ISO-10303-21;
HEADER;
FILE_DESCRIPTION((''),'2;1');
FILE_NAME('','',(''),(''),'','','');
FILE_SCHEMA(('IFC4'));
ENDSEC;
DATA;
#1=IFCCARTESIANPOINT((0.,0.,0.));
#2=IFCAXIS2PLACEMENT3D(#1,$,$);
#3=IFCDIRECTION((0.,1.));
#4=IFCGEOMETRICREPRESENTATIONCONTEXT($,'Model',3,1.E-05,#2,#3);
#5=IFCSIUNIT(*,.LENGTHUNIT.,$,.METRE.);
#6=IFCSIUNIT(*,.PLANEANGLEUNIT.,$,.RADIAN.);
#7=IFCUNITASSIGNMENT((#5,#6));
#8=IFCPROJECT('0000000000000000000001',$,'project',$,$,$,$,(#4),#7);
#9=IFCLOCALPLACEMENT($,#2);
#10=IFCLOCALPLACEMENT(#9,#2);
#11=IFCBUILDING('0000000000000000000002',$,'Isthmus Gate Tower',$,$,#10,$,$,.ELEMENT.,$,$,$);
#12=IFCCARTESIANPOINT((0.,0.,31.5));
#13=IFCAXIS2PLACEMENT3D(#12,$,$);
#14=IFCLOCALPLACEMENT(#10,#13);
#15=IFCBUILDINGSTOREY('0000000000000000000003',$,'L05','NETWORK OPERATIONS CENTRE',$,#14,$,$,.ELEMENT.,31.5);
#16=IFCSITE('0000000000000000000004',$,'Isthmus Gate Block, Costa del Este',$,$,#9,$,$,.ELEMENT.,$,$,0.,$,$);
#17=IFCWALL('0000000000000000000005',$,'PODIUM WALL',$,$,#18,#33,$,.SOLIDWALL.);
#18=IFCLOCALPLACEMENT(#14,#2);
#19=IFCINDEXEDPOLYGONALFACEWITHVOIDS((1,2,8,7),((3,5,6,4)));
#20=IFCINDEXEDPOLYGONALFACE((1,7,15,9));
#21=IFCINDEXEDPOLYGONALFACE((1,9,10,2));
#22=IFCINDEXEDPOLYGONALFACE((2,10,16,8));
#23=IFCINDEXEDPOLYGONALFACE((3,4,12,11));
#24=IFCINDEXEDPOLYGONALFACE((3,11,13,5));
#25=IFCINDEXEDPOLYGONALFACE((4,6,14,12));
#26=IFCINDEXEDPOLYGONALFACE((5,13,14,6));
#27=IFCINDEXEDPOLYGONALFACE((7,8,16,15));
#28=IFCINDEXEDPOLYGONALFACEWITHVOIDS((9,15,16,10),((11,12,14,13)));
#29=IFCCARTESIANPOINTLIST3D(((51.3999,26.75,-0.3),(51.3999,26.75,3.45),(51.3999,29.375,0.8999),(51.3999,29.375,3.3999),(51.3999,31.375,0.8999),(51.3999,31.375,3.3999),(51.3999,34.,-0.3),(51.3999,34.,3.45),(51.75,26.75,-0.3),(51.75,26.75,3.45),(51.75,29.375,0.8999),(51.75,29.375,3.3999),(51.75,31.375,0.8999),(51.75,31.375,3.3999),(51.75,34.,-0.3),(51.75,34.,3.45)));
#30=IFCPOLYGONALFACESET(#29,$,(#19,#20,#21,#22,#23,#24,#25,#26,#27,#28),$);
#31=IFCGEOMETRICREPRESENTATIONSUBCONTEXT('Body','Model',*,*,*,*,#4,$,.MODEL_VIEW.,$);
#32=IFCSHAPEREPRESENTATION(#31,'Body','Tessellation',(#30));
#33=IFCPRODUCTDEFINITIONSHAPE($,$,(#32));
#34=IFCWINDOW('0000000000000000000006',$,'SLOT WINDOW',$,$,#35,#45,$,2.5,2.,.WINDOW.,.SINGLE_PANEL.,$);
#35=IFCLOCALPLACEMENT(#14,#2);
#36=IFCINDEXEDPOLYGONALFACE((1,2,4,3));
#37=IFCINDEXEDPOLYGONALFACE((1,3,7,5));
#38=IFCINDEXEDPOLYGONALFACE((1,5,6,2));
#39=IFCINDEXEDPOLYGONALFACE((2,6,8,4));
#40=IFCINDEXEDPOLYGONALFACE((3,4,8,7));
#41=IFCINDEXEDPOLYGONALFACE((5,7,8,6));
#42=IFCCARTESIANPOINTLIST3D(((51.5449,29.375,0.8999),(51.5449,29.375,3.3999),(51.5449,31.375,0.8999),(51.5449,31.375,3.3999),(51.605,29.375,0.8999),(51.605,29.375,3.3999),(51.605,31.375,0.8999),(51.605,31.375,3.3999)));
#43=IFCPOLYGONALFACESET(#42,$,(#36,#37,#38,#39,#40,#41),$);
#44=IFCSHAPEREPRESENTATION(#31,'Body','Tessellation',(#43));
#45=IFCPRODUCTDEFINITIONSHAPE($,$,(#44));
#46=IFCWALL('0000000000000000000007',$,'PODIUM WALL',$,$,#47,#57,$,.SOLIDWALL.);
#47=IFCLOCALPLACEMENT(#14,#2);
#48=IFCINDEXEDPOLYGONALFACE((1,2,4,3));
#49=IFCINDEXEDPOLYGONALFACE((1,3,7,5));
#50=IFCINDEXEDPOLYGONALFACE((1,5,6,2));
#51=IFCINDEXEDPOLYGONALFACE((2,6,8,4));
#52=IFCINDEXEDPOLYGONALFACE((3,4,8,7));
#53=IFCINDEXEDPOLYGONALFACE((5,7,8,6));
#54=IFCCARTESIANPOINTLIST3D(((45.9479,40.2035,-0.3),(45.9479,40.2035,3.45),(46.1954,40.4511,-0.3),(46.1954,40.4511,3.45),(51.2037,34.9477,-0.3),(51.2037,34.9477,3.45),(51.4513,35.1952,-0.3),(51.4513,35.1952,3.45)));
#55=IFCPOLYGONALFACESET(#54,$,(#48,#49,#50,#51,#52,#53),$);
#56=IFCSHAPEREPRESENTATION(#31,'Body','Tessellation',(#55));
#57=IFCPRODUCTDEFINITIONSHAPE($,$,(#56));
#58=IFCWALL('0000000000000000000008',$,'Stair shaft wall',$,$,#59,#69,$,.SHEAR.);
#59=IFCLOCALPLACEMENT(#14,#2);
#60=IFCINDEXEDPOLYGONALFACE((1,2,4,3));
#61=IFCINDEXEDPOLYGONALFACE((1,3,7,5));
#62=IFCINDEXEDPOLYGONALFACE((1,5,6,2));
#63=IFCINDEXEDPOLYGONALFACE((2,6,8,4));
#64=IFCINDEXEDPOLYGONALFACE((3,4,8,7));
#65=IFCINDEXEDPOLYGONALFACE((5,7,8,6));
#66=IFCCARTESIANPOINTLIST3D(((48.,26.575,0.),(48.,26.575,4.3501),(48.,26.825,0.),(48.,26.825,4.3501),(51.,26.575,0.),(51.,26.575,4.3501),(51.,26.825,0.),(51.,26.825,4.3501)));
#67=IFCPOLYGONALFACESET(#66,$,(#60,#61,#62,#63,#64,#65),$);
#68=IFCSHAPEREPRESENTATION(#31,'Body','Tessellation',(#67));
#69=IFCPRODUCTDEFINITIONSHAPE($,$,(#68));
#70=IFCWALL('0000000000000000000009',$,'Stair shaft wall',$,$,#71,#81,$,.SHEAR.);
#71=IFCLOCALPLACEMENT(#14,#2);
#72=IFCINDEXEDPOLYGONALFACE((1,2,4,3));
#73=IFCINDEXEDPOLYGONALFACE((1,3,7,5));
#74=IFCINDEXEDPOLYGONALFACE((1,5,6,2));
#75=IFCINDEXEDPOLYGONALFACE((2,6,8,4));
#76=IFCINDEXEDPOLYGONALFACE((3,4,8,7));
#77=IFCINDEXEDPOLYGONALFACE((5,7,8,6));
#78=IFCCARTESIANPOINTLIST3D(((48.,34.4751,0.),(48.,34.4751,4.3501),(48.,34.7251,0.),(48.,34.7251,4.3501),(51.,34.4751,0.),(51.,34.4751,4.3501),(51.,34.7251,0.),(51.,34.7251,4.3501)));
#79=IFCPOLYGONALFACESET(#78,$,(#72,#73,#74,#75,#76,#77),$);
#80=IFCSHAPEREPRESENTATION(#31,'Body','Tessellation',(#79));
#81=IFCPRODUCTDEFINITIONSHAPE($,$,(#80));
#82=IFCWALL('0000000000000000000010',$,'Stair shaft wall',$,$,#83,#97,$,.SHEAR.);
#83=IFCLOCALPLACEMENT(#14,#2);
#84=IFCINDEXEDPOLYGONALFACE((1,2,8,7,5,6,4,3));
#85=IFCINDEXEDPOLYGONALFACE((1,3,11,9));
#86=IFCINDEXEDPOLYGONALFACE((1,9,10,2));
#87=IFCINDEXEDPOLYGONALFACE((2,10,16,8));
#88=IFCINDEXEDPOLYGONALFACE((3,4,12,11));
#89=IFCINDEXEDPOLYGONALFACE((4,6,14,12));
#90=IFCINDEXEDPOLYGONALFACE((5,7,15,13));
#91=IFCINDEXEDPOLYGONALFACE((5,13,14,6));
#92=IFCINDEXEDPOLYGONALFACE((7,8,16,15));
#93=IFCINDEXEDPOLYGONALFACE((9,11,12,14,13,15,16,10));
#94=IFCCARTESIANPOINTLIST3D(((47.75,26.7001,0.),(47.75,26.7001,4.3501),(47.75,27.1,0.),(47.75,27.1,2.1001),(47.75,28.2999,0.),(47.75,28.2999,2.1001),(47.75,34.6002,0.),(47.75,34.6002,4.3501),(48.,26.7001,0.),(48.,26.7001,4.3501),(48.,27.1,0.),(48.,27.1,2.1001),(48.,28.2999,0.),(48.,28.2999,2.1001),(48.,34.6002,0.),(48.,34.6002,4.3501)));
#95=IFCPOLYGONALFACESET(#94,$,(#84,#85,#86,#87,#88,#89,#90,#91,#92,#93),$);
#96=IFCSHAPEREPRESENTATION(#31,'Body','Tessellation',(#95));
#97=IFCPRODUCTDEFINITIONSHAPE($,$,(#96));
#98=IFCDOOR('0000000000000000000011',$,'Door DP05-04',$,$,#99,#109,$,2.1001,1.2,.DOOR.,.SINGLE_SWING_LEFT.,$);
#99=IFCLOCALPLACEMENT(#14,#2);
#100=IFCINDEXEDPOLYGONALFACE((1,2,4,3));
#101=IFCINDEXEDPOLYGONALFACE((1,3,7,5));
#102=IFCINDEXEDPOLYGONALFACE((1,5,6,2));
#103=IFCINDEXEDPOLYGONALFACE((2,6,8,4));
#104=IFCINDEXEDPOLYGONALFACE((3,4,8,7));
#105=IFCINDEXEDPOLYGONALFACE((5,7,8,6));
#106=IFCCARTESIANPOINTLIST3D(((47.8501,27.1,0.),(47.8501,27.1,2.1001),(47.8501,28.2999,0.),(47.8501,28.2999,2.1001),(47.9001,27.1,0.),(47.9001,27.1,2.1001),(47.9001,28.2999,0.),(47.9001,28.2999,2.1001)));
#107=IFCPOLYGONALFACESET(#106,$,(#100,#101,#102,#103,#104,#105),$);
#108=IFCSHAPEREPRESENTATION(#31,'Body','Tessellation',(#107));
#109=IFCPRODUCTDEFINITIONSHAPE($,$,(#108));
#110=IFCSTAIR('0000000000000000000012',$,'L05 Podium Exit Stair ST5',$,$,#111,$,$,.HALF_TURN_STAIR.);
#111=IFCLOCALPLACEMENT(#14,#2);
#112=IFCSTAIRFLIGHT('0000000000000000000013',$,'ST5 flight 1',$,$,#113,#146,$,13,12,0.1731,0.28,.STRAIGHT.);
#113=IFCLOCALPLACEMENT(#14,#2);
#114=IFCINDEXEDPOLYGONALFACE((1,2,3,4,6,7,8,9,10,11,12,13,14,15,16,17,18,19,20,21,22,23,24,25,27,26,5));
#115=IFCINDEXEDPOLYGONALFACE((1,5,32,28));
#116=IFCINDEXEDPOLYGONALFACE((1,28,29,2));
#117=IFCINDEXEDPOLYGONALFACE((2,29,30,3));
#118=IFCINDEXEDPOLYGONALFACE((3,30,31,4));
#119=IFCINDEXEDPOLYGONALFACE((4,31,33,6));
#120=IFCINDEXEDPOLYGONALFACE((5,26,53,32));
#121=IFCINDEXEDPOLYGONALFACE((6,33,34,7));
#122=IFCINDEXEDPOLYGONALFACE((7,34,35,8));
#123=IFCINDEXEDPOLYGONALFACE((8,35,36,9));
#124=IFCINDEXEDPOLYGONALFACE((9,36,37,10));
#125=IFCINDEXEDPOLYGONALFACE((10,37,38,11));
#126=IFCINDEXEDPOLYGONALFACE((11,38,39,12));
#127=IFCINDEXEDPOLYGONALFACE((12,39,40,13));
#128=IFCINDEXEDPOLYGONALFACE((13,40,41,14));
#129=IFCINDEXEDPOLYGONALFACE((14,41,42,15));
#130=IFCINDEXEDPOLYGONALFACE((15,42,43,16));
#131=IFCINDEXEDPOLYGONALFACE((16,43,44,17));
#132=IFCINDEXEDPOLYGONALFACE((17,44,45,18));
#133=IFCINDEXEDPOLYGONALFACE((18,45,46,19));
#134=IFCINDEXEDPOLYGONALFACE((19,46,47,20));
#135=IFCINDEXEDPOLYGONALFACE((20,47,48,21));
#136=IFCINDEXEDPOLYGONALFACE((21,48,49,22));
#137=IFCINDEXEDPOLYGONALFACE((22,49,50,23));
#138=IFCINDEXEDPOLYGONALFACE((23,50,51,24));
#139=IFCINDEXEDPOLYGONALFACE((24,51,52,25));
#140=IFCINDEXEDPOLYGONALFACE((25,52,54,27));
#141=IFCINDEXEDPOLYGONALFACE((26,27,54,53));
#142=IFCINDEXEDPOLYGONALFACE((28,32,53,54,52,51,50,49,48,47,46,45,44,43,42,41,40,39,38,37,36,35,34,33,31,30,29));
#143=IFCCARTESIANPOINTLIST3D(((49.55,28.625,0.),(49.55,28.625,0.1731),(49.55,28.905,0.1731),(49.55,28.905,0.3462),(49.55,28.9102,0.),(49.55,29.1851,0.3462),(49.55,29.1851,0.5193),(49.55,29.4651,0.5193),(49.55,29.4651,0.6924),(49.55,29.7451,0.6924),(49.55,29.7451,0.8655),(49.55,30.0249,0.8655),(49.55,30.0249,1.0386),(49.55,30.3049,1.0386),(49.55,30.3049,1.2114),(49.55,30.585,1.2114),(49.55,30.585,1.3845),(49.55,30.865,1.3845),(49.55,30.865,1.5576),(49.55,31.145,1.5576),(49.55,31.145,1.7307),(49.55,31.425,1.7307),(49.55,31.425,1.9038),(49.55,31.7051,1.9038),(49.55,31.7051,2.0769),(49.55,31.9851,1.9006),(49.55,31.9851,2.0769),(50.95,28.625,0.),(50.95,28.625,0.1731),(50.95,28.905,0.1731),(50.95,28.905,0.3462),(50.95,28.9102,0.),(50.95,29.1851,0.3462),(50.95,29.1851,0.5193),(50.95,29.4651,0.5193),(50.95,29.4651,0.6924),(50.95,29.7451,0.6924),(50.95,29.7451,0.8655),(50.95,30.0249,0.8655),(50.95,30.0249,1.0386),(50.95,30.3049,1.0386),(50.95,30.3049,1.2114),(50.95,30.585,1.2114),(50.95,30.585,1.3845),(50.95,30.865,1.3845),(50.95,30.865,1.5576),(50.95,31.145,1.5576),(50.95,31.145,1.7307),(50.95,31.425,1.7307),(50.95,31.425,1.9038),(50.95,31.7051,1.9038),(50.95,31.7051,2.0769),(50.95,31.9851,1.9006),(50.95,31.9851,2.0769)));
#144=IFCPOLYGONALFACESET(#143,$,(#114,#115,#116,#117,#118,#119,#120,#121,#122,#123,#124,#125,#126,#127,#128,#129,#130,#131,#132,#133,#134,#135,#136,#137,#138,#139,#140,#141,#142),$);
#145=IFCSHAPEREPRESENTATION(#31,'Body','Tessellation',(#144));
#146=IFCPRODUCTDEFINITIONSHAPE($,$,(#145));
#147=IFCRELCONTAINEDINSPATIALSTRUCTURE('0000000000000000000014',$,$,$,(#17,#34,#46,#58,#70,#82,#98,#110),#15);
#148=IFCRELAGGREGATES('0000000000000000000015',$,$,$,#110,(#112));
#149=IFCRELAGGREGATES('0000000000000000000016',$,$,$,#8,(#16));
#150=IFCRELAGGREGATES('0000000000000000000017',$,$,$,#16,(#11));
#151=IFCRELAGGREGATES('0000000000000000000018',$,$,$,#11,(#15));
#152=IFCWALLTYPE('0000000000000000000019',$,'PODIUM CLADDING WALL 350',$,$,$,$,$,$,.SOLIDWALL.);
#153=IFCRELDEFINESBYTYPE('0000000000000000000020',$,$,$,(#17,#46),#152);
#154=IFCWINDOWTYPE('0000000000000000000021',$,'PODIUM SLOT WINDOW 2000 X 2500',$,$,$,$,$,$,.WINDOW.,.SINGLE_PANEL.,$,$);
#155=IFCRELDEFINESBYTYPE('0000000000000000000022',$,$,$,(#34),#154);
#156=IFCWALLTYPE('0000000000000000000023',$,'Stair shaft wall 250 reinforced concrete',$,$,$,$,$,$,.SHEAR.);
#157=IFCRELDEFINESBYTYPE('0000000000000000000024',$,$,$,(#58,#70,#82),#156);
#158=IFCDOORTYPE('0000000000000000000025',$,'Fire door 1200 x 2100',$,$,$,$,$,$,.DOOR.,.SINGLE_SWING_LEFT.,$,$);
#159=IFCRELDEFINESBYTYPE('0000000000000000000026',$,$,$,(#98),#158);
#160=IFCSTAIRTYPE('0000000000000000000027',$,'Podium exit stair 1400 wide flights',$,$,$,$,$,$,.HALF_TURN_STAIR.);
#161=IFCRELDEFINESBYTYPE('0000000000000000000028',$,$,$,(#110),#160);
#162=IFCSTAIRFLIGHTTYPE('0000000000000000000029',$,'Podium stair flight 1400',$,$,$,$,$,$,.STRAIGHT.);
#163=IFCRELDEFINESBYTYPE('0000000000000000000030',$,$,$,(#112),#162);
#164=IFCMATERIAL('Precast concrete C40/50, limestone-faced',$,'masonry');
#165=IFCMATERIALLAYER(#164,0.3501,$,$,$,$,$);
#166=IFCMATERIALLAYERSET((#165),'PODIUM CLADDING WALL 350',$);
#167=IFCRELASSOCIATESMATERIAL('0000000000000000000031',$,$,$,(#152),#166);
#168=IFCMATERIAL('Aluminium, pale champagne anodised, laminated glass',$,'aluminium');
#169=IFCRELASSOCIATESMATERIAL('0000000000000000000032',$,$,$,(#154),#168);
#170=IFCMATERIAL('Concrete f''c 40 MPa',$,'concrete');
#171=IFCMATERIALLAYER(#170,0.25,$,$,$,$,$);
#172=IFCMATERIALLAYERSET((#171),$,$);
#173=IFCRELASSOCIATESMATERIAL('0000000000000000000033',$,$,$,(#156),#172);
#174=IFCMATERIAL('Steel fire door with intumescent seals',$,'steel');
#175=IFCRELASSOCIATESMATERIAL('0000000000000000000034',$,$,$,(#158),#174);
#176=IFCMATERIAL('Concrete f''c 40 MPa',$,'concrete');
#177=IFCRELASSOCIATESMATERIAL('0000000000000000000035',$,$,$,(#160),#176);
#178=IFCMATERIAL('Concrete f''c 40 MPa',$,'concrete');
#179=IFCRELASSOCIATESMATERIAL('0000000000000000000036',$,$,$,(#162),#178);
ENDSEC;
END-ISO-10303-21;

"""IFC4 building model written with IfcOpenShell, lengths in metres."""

from ifc_helpers import new_model, si_unit, direction, frame, frame_2d, origin, place, context, subcontext, project, spatial, polyline, rectangle, outline, extrude, material, layer, layer_set, type_object, element, fill, aggregate, save


model = new_model("IFC4")

# Units and contexts
model_context = context("Model", 3, precision=1e-05, world=origin(), true_north=direction((0.0, 1.0)))
body_context = subcontext(model_context, "Body", "Model", "MODEL_VIEW")
ifc_project = project(units=[si_unit("LENGTHUNIT", "METRE"), si_unit("PLANEANGLEUNIT", "RADIAN")], contexts=[model_context])

# Site, building, storey
site_placement = place(None, origin())
site = spatial("IfcSite", under=ifc_project, at=site_placement, Name="Isthmus Gate Block, Costa del Este", CompositionType="ELEMENT", RefElevation=0.0)
building_placement = place(site_placement, origin())
building = spatial("IfcBuilding", under=site, at=building_placement, Name="Isthmus Gate Tower", CompositionType="ELEMENT")
storey_placement = place(building_placement, frame((0.0, 0.0, 31.5)))
storey = spatial("IfcBuildingStorey", under=building, at=storey_placement, Name="L05", Description="NETWORK OPERATIONS CENTRE", CompositionType="ELEMENT", Elevation=31.5)

# Wall, opening, window
ifc_material_1 = material(Name="Precast concrete C40/50, limestone-faced", Category="masonry")
ifc_layer_1 = layer(ifc_material_1, 0.3501)
ifc_layer_set_1 = layer_set([ifc_layer_1], Name="PODIUM CLADDING WALL 350")
wall_type_1 = type_object("IfcWallType", Name="PODIUM CLADDING WALL 350", PredefinedType="SOLIDWALL", material=ifc_layer_set_1)
wall_1_placement = place(storey_placement, frame((51.575, 26.75, -0.3), z_axis=(0.0, 0.0, 1.0), x_axis=(0.0, 1.0, 0.0)))
wall_1 = element("IfcWall", 1, at=wall_1_placement, inside=storey, type_object=wall_type_1, Name="PODIUM WALL", PredefinedType="SOLIDWALL", context=body_context, shape_type="SweptSolid", body=[
    extrude(rectangle(XDim=7.25, YDim=0.3501, at=frame_2d((3.625, 0.0))), origin(), (0.0, 0.0, 1.0), 3.75),
])
opening_1_placement = place(wall_1_placement, frame((2.625, 0.0, 1.2)))
opening_1 = element("IfcOpeningElement", 2, at=opening_1_placement, cuts=wall_1, PredefinedType="OPENING", context=body_context, shape_type="SweptSolid", body=[
    extrude(rectangle(XDim=2.0, YDim=2.5, at=frame_2d((1.0, 1.25))), frame((0.0, 0.1851, 0.0), z_axis=(0.0, -1.0, 0.0), x_axis=(1.0, 0.0, 0.0)), (0.0, 0.0, 1.0), 0.3701),
])
ifc_material_2 = material(Name="Aluminium, pale champagne anodised, laminated glass", Category="aluminium")
window_type = type_object("IfcWindowType", Name="PODIUM SLOT WINDOW 2000 X 2500", PartitioningType="SINGLE_PANEL", PredefinedType="WINDOW", material=ifc_material_2)
window_placement = place(opening_1_placement, origin())
window = element("IfcWindow", 3, at=window_placement, inside=storey, type_object=window_type, Name="SLOT WINDOW", OverallHeight=2.5, OverallWidth=2.0, PartitioningType="SINGLE_PANEL", PredefinedType="WINDOW", context=body_context, shape_type="SweptSolid", body=[
    extrude(rectangle(XDim=2.0, YDim=2.5, at=frame_2d((1.0, 1.25))), frame((0.0, 0.03, 0.0), z_axis=(0.0, -1.0, 0.0), x_axis=(1.0, 0.0, 0.0)), (0.0, 0.0, 1.0), 0.0601),
])
fill(opening_1, window)

# Walls
wall_2_placement = place(storey_placement, frame((51.3274, 35.0715, -0.3), z_axis=(0.0, 0.0, 1.0), x_axis=(-0.707107, 0.707107, 0.0)))
element("IfcWall", 4, at=wall_2_placement, inside=storey, type_object=wall_type_1, Name="PODIUM WALL", PredefinedType="SOLIDWALL", context=body_context, shape_type="SweptSolid", body=[
    extrude(rectangle(XDim=7.4329, YDim=0.3501, at=frame_2d((3.7163, 0.0))), origin(), (0.0, 0.0, 1.0), 3.75),
])
ifc_material_3 = material(Name="Concrete f'c 40 MPa", Category="concrete")
ifc_layer_2 = layer(ifc_material_3, 0.25)
ifc_layer_set_2 = layer_set([ifc_layer_2])
wall_type_2 = type_object("IfcWallType", Name="Stair shaft wall 250 reinforced concrete", PredefinedType="SHEAR", material=ifc_layer_set_2)
for number, where, z_axis, x_axis, name in (
    (5, (48.0, 26.7, 0.0), (0.0, 0.0, 1.0), (1.0, 0.0, 0.0), "Stair shaft wall"),
    (6, (48.0, 34.6001, 0.0), (0.0, 0.0, 1.0), (1.0, 0.0, 0.0), "Stair shaft wall"),
):
    element("IfcWall", number, at=place(storey_placement, frame(where, z_axis=z_axis, x_axis=x_axis)), inside=storey, type_object=wall_type_2, Name=name, PredefinedType="SHEAR", context=body_context, shape_type="SweptSolid", body=[
        extrude(rectangle(XDim=3.0, YDim=0.25, at=frame_2d((1.5, 0.0))), origin(), (0.0, 0.0, 1.0), 4.3501),
    ])

# Wall, opening, door
wall_3_placement = place(storey_placement, frame((47.875, 26.7, 0.0), z_axis=(0.0, 0.0, 1.0), x_axis=(0.0, 1.0, 0.0)))
wall_3 = element("IfcWall", 7, at=wall_3_placement, inside=storey, type_object=wall_type_2, Name="Stair shaft wall", PredefinedType="SHEAR", context=body_context, shape_type="SweptSolid", body=[
    extrude(rectangle(XDim=7.9001, YDim=0.25, at=frame_2d((3.9502, 0.0))), origin(), (0.0, 0.0, 1.0), 4.3501),
])
opening_2_placement = place(wall_3_placement, frame((0.3999, 0.0, 0.0)))
opening_2 = element("IfcOpeningElement", 8, at=opening_2_placement, cuts=wall_3, PredefinedType="OPENING", context=body_context, shape_type="SweptSolid", body=[
    extrude(rectangle(XDim=1.2, YDim=2.1001, at=frame_2d((0.6001, 1.05))), frame((0.0, 0.135, 0.0), z_axis=(0.0, -1.0, 0.0), x_axis=(1.0, 0.0, 0.0)), (0.0, 0.0, 1.0), 0.27),
])
ifc_material_4 = material(Name="Steel fire door with intumescent seals", Category="steel")
door_type_1 = type_object("IfcDoorType", Name="Fire door 1200 x 2100", OperationType="SINGLE_SWING_LEFT", PredefinedType="DOOR", material=ifc_material_4)
door_1_placement = place(opening_2_placement, origin())
door_1 = element("IfcDoor", 9, at=door_1_placement, inside=storey, type_object=door_type_1, Name="Door DP05-04", OperationType="SINGLE_SWING_LEFT", OverallHeight=2.1001, OverallWidth=1.2, PredefinedType="DOOR", context=body_context, shape_type="SweptSolid", body=[
    extrude(rectangle(XDim=1.2, YDim=2.1001, at=frame_2d((0.6001, 1.05))), frame((0.0, 0.0249, 0.0), z_axis=(0.0, -1.0, 0.0), x_axis=(1.0, 0.0, 0.0)), (0.0, 0.0, 1.0), 0.05),
])
fill(opening_2, door_1)

# Stair, stair flight
ifc_material_5 = material(Name="Concrete f'c 40 MPa", Category="concrete")
stair_type = type_object("IfcStairType", Name="Podium exit stair 1400 wide flights", PredefinedType="HALF_TURN_STAIR", material=ifc_material_5)
stair_placement = place(storey_placement, origin())
stair = element("IfcStair", 10, at=stair_placement, inside=storey, type_object=stair_type, Name="L05 Podium Exit Stair ST5", PredefinedType="HALF_TURN_STAIR")
ifc_material_6 = material(Name="Concrete f'c 40 MPa", Category="concrete")
stair_flight_type = type_object("IfcStairFlightType", Name="Podium stair flight 1400", PredefinedType="STRAIGHT", material=ifc_material_6)
stair_flight_1_placement = place(storey_placement, frame((50.25, 28.625, 0.0), z_axis=(0.0, 0.0, 1.0), x_axis=(0.0, 1.0, 0.0)))
stair_flight_1 = element("IfcStairFlight", 11, at=stair_flight_1_placement, type_object=stair_flight_type, Name="ST5 flight 1", NumberOfRisers=13, NumberOfTreads=12, PredefinedType="STRAIGHT", RiserHeight=0.1731, TreadLength=0.28, context=body_context, shape_type="SweptSolid", body=[
    extrude(outline(polyline([(0.0, 0.0), (0.0, 0.1731), (0.28, 0.1731), (0.28, 0.3462), (0.5601, 0.3462), (0.5601, 0.5193), (0.8401, 0.5193), (0.8401, 0.6924), (1.1201, 0.6924), (1.1201, 0.8655), (1.3999, 0.8655), (1.3999, 1.0386), (1.6799, 1.0386), (1.6799, 1.2114), (1.96, 1.2114), (1.96, 1.3845), (2.24, 1.3845), (2.24, 1.5576), (2.52, 1.5576), (2.52, 1.7307), (2.8, 1.7307), (2.8, 1.9038), (3.0801, 1.9038), (3.0801, 2.0769), (3.3601, 2.0769), (3.3601, 2.25), (3.3601, 1.9006), (0.2852, 0.0), (0.0, 0.0)])), frame((0.0, 0.7, 0.0), z_axis=(0.0, -1.0, 0.0), x_axis=(1.0, 0.0, 0.0)), (0.0, 0.0, 1.0), 1.3999),
])
aggregate(stair, [stair_flight_1])

save(model, "model.ifc")
